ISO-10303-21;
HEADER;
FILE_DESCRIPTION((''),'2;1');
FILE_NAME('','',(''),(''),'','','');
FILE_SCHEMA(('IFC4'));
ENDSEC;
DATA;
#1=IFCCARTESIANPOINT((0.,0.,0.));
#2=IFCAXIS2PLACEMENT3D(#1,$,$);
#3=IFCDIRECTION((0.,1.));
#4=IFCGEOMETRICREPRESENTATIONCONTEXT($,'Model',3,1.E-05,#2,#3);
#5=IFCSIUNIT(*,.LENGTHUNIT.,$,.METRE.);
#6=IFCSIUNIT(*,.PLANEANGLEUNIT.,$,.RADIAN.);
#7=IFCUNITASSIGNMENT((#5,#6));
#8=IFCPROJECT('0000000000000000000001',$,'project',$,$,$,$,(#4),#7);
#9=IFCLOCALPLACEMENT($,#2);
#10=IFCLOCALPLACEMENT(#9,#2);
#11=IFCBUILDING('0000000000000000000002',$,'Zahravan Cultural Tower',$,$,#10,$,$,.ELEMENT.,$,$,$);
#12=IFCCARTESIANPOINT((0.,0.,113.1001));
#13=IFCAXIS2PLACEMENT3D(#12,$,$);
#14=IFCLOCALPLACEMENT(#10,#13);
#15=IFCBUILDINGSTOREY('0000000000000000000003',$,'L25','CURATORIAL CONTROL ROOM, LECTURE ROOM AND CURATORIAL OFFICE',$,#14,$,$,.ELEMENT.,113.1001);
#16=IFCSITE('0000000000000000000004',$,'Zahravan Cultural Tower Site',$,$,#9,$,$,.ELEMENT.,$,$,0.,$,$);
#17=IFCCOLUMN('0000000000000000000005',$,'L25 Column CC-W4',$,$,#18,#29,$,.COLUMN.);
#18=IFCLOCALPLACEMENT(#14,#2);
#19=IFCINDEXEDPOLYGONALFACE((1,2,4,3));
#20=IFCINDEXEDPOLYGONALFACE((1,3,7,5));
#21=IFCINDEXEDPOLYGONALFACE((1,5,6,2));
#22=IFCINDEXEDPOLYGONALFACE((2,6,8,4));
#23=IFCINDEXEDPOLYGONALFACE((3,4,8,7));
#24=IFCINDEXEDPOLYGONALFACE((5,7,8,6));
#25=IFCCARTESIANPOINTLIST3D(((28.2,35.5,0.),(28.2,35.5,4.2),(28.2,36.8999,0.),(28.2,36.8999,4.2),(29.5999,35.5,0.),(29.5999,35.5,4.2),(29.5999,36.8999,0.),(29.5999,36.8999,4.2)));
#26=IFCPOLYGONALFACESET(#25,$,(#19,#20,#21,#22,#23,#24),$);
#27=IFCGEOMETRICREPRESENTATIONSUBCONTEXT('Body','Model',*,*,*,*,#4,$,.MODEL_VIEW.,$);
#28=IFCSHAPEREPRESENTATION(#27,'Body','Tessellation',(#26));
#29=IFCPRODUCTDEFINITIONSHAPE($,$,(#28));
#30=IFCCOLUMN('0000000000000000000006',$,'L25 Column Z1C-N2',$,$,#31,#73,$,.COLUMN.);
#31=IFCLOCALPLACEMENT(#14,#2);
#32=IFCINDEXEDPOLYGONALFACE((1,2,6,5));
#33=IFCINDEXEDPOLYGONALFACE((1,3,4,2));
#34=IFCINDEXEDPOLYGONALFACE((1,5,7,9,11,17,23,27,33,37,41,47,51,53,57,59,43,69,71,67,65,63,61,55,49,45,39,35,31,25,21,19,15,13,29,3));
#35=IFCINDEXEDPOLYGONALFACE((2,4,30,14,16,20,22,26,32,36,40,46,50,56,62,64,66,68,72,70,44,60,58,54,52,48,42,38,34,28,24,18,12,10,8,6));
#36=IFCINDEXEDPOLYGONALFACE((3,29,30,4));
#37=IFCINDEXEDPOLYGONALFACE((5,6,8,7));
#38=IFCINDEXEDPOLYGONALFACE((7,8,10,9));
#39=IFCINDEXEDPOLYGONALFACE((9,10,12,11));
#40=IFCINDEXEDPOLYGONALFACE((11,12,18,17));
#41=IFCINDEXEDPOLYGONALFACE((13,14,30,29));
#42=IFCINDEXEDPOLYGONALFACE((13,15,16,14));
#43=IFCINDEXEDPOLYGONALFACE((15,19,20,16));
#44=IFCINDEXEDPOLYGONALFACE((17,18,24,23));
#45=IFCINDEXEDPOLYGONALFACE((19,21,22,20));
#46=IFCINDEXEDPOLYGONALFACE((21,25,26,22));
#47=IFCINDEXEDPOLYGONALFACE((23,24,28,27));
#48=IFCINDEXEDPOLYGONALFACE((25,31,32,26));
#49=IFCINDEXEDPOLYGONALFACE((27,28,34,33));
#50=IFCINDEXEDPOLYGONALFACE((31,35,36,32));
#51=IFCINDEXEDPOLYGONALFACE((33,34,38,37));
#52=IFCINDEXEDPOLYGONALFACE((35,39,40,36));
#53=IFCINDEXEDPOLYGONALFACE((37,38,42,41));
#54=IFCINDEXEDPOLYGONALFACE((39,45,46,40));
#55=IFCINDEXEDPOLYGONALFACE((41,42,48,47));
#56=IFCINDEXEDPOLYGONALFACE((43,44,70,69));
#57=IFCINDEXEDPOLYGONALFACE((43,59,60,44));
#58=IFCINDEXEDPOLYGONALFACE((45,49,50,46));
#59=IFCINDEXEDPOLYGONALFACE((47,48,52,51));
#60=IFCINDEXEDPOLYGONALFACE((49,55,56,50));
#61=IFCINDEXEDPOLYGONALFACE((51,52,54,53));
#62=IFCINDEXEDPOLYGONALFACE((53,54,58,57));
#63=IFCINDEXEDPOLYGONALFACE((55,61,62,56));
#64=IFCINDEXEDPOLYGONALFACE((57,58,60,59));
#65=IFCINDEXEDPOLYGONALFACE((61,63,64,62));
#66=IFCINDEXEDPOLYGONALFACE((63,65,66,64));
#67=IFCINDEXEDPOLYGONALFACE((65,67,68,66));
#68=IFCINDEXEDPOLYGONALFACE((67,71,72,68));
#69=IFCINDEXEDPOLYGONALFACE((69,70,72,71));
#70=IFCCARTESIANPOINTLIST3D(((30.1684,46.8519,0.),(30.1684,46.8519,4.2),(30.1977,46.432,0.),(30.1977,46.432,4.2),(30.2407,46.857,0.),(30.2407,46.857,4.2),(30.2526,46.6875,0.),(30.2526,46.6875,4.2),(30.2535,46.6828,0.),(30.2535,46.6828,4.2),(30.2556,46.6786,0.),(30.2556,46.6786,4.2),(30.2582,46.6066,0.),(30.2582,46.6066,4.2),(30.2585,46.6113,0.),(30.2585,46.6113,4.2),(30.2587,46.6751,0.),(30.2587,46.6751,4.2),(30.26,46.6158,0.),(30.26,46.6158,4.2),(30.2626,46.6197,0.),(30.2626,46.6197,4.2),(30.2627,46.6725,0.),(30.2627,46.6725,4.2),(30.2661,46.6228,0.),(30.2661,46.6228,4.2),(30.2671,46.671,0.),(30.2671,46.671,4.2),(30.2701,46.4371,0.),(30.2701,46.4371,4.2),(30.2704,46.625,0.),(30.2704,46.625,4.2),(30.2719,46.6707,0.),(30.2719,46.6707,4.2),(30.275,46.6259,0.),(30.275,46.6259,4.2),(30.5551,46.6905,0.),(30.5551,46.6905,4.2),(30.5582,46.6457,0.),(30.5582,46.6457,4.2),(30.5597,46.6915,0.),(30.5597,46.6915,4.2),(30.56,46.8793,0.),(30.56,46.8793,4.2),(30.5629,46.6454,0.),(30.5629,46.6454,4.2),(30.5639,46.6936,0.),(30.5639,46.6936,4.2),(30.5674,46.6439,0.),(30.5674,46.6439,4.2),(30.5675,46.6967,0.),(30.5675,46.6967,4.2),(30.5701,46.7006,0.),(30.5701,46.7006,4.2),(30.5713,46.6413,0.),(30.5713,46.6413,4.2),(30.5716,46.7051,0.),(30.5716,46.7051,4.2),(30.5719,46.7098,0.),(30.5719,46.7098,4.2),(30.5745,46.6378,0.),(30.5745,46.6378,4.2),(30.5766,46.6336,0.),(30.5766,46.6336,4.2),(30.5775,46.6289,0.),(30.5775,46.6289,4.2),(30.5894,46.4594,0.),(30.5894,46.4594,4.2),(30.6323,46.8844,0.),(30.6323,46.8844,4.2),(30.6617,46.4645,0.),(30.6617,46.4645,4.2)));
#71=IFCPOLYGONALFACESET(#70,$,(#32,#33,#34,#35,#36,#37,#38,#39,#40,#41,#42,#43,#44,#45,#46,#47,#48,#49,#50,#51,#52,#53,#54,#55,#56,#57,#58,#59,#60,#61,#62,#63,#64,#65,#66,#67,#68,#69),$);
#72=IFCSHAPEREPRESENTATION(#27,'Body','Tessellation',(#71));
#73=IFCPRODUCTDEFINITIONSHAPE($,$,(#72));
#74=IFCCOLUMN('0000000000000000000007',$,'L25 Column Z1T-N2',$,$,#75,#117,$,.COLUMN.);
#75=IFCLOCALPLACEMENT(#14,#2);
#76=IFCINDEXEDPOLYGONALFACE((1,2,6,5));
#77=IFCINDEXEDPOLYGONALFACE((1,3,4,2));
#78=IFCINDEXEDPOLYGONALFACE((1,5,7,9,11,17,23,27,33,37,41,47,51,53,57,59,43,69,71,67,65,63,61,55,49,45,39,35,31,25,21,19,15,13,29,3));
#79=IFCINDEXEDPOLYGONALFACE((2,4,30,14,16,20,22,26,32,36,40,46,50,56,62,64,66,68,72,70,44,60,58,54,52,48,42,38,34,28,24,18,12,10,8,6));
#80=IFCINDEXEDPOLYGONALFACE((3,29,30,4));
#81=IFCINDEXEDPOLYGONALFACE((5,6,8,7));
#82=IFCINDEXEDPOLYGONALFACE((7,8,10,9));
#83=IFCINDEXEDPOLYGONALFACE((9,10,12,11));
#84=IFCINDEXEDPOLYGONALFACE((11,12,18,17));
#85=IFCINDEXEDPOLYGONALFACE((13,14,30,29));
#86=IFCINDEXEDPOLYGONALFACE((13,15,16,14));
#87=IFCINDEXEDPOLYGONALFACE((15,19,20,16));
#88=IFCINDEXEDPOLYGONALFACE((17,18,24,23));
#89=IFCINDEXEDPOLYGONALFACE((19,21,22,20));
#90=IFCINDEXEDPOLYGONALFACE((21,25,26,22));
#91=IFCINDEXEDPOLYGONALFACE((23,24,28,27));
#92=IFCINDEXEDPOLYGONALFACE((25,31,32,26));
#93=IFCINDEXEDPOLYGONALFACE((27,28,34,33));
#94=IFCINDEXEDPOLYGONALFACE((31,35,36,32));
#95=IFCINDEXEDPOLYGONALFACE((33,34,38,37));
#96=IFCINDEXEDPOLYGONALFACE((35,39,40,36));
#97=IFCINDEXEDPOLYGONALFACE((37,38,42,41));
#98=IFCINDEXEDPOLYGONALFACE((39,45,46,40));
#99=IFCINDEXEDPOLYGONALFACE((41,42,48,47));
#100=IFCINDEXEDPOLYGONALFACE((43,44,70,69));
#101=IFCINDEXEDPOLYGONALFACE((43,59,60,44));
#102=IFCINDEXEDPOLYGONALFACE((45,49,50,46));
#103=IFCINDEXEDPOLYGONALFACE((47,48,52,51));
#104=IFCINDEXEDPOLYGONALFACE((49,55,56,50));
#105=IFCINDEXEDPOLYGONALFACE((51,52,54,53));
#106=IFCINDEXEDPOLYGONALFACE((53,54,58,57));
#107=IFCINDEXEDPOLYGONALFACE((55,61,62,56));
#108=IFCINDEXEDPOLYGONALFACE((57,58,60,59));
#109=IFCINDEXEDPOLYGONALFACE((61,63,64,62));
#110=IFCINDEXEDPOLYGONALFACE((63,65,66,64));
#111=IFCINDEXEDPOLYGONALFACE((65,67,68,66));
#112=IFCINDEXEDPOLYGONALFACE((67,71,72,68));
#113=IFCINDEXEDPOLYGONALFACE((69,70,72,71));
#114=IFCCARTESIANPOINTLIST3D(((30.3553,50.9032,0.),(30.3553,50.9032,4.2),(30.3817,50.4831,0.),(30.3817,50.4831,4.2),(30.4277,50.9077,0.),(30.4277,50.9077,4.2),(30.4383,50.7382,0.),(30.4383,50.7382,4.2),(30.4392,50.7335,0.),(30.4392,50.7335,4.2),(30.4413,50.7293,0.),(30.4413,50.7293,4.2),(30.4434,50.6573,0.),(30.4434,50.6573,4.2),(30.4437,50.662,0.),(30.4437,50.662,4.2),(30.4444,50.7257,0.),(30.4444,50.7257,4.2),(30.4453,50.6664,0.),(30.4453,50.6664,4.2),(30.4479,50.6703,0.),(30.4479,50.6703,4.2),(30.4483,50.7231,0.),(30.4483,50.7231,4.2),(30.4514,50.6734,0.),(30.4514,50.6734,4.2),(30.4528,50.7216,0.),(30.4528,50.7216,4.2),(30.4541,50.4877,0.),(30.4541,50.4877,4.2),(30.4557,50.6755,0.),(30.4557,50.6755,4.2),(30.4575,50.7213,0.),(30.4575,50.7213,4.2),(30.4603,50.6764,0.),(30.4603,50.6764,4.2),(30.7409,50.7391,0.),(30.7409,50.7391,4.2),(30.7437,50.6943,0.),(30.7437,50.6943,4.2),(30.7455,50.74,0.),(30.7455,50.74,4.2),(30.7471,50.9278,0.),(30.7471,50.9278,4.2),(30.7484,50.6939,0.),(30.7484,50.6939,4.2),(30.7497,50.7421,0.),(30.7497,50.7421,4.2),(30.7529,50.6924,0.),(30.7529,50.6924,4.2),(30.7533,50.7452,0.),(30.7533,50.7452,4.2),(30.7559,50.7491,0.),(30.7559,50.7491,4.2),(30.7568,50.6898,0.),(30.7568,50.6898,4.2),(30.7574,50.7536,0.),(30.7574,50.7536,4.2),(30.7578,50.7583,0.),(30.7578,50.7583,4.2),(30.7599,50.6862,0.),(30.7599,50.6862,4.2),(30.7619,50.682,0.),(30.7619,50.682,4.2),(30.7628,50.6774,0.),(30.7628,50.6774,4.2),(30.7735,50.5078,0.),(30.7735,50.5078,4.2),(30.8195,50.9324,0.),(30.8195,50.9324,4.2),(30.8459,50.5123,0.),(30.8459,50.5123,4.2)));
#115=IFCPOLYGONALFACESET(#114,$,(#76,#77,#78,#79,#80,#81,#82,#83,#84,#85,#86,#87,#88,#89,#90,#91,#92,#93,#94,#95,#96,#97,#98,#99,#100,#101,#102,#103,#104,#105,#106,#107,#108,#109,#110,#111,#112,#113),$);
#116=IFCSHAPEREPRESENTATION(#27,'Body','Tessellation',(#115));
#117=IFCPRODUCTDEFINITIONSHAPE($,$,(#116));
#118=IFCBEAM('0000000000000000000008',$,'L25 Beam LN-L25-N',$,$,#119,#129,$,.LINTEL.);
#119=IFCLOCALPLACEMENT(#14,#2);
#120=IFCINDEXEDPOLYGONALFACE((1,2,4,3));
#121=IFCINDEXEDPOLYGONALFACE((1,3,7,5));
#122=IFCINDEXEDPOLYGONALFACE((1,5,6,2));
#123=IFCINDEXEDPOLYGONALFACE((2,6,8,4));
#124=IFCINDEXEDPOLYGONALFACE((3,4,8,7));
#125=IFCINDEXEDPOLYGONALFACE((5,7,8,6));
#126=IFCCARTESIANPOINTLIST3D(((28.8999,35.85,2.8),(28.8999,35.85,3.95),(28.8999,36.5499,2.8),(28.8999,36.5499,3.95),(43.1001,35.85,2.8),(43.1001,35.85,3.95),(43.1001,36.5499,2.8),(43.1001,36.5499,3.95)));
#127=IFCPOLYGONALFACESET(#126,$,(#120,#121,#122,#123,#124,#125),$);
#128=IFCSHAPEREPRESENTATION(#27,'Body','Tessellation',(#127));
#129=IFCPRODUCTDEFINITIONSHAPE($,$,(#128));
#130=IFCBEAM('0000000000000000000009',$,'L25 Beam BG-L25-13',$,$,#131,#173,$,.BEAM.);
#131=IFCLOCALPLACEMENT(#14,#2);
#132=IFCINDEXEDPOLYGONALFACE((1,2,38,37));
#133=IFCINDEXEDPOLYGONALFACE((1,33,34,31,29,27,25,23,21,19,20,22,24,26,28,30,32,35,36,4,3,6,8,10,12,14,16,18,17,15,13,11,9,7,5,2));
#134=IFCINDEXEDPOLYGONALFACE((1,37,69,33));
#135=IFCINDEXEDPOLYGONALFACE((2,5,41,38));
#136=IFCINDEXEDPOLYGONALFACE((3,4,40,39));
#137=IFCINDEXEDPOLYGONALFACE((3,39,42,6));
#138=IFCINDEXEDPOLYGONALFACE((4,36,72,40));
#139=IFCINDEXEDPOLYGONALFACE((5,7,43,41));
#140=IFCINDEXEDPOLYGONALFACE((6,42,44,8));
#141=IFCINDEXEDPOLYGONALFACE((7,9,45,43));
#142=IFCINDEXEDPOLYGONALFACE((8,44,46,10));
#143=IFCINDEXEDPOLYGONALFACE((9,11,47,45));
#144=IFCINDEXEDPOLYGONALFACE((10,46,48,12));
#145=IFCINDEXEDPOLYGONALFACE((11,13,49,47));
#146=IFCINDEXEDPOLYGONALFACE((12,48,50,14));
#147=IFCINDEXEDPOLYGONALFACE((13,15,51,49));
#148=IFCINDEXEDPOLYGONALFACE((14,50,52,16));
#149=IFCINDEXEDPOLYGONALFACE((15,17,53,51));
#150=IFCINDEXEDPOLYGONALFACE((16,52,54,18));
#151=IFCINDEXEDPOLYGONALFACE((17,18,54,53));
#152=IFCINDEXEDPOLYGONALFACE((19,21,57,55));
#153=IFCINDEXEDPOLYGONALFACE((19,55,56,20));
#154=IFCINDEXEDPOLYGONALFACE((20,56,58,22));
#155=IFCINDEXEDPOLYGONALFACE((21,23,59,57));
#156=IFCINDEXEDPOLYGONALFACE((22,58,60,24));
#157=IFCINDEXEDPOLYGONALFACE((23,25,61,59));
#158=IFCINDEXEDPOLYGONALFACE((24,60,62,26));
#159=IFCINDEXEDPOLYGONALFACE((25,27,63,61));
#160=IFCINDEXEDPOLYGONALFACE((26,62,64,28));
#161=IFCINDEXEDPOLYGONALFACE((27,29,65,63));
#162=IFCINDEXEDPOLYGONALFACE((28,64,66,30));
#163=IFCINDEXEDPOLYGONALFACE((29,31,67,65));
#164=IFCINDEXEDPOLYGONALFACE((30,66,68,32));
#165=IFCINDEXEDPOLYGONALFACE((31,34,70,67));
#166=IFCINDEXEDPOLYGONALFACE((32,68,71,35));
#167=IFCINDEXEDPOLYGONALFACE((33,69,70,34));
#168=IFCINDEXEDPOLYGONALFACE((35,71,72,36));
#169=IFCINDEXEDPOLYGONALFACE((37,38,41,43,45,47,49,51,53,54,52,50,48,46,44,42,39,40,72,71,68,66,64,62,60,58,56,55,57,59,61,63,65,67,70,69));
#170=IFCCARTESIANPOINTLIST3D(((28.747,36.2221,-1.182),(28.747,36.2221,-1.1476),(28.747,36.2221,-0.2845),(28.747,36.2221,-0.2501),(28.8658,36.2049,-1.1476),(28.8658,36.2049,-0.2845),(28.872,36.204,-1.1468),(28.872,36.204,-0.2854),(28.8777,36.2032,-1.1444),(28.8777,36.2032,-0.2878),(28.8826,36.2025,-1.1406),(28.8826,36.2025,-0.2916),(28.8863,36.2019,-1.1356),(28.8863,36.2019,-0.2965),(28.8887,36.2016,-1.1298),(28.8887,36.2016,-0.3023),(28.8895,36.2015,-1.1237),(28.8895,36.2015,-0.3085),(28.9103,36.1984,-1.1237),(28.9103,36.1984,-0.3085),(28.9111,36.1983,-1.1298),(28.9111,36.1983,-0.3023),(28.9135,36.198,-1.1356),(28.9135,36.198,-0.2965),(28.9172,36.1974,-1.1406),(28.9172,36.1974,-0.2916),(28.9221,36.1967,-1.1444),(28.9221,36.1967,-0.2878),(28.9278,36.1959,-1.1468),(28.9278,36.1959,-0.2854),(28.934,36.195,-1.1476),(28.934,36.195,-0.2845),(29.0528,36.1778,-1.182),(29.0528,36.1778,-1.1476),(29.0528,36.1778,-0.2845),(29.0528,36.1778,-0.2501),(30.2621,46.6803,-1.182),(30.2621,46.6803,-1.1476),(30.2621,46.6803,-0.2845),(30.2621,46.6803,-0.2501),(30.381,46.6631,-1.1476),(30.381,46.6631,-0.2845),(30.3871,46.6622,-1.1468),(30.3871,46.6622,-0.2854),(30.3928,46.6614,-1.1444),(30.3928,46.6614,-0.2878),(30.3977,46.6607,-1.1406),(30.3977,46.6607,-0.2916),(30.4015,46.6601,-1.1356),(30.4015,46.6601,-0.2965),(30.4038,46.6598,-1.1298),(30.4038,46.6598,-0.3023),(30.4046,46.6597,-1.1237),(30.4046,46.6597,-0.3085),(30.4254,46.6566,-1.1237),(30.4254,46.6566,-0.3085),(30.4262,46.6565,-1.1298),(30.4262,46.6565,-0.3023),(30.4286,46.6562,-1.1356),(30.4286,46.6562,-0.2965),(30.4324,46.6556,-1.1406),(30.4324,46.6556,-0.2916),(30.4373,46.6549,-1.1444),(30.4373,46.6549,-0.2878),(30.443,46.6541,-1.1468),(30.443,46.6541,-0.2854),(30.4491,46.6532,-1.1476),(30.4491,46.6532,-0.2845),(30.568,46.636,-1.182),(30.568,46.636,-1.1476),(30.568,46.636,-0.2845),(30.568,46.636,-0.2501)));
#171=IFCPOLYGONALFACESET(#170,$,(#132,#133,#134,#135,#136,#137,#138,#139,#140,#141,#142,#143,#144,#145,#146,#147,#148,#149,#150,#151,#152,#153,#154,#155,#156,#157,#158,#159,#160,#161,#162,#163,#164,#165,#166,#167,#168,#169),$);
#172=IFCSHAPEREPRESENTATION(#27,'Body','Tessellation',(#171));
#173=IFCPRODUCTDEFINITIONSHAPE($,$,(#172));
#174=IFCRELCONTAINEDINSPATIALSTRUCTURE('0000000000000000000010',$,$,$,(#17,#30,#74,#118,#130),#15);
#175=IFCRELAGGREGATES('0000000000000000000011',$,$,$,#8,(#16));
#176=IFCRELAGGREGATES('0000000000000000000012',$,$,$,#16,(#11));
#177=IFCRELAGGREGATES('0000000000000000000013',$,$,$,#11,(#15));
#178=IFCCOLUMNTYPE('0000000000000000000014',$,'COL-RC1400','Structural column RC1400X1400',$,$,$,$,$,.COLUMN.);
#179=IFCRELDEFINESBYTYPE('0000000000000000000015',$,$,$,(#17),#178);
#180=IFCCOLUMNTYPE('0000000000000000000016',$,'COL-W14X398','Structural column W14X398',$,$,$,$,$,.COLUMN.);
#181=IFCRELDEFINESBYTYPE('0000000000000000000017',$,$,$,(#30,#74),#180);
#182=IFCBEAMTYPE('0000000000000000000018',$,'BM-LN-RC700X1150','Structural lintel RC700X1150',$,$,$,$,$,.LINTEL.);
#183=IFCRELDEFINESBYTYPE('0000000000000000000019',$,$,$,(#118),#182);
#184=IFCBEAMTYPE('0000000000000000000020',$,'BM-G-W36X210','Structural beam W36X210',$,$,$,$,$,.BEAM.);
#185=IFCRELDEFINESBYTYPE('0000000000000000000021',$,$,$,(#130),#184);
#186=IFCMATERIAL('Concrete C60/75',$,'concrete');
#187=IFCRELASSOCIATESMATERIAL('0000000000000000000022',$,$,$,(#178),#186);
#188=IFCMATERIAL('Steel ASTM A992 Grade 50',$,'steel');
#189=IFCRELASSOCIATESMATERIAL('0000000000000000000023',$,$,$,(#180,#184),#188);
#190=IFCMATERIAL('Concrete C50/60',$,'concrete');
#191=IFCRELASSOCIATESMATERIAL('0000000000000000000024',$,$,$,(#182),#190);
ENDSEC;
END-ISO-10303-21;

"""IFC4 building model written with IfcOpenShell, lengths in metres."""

from ifc_helpers import new_model, si_unit, direction, frame, origin, origin_2d, place, context, subcontext, project, spatial, rectangle, i_section, extrude, source, transform, mapped, material, material_profile, profile_set, type_object, element, save


model = new_model("IFC4")

# Units and contexts
model_context = context("Model", 3, precision=1e-05, world=origin(), true_north=direction((0.0, 1.0)))
body_context = subcontext(model_context, "Body", "Model", "MODEL_VIEW")
ifc_project = project(units=[si_unit("LENGTHUNIT", "METRE"), si_unit("PLANEANGLEUNIT", "RADIAN")], contexts=[model_context])

# Site, building, storey
site_placement = place(None, origin())
site = spatial("IfcSite", under=ifc_project, at=site_placement, Name="Zahravan Cultural Tower Site", CompositionType="ELEMENT", RefElevation=0.0)
building_placement = place(site_placement, origin())
building = spatial("IfcBuilding", under=site, at=building_placement, Name="Zahravan Cultural Tower", CompositionType="ELEMENT")
storey_placement = place(building_placement, frame((0.0, 0.0, 113.1001)))
storey = spatial("IfcBuildingStorey", under=building, at=storey_placement, Name="L25", Description="CURATORIAL CONTROL ROOM, LECTURE ROOM AND CURATORIAL OFFICE", CompositionType="ELEMENT", Elevation=113.1001)

# Columns
ifc_material_1 = material(Name="Concrete C60/75", Category="concrete")
ifc_material_profile_1 = material_profile(ifc_material_1, rectangle(XDim=1.3999, YDim=1.3999, at=origin_2d()), Name="RC1400X1400")
ifc_profile_set_1 = profile_set([ifc_material_profile_1], Name="Concrete C60/75")
column_type_1 = type_object("IfcColumnType", Name="COL-RC1400", Description="Structural column RC1400X1400", PredefinedType="COLUMN", material=ifc_profile_set_1)
shared_shape_1 = source(origin(), body_context, "Body", "SweptSolid", [
    extrude(rectangle(XDim=1.3999, YDim=1.3999, at=origin_2d()), origin(), (0.0, 0.0, 1.0), 4.2),
])
column_placement = place(storey_placement, frame((28.8999, 36.2, 0.0), z_axis=(0.0, 0.0, 1.0), x_axis=(1.0, 0.0, 0.0)))
element("IfcColumn", 1, at=column_placement, inside=storey, type_object=column_type_1, Name="L25 Column CC-W4", PredefinedType="COLUMN", context=body_context, shape_type="MappedRepresentation", body=[
    mapped(shared_shape_1, transform((0.0, 0.0, 0.0), x_axis=(1.0, 0.0, 0.0), y_axis=(0.0, 1.0, 0.0), z_axis=(0.0, 0.0, 1.0), scale=1.0)),
])
ifc_material_2 = material(Name="Steel ASTM A992 Grade 50", Category="steel")
ifc_material_profile_2 = material_profile(ifc_material_2, i_section(OverallWidth=0.4209, OverallDepth=0.4651, WebThickness=0.0449, FlangeThickness=0.0725, FilletRadius=0.0181, at=origin_2d()), Name="W14X398")
ifc_profile_set_2 = profile_set([ifc_material_profile_2], Name="Steel ASTM A992 Grade 50")
column_type_2 = type_object("IfcColumnType", Name="COL-W14X398", Description="Structural column W14X398", PredefinedType="COLUMN", material=ifc_profile_set_2)
shared_shape_2 = source(origin(), body_context, "Body", "SweptSolid", [
    extrude(i_section(OverallWidth=0.4209, OverallDepth=0.4651, WebThickness=0.0449, FlangeThickness=0.0725, FilletRadius=0.0181, at=origin_2d()), origin(), (0.0, 0.0, 1.0), 4.2),
])
for number, where, z_axis, x_axis, name in (
    (2, (30.415, 46.6582, 0.0), (0.0, 0.0, 1.0), (-0.069756, 0.997564, 0.0), "L25 Column Z1C-N2"),
    (3, (30.6006, 50.7078, 0.0), (0.0, 0.0, 1.0), (-0.062791, 0.998027, 0.0), "L25 Column Z1T-N2"),
):
    element("IfcColumn", number, at=place(storey_placement, frame(where, z_axis=z_axis, x_axis=x_axis)), inside=storey, type_object=column_type_2, Name=name, PredefinedType="COLUMN", context=body_context, shape_type="MappedRepresentation", body=[
        mapped(shared_shape_2, transform((0.0, 0.0, 0.0), x_axis=(1.0, 0.0, 0.0), y_axis=(0.0, 1.0, 0.0), z_axis=(0.0, 0.0, 1.0), scale=1.0)),
    ])

# Beams
ifc_material_3 = material(Name="Concrete C50/60", Category="concrete")
ifc_material_profile_3 = material_profile(ifc_material_3, rectangle(XDim=0.7, YDim=1.1499, at=origin_2d()), Name="RC700X1150")
ifc_profile_set_3 = profile_set([ifc_material_profile_3], Name="Concrete C50/60")
beam_type_1 = type_object("IfcBeamType", Name="BM-LN-RC700X1150", Description="Structural lintel RC700X1150", PredefinedType="LINTEL", material=ifc_profile_set_3)
shared_shape_3 = source(origin(), body_context, "Body", "SweptSolid", [
    extrude(rectangle(XDim=0.7, YDim=1.1499, at=origin_2d()), origin(), (0.0, 0.0, 1.0), 14.2002),
])
beam_1_placement = place(storey_placement, frame((28.8999, 36.2, 3.375), z_axis=(1.0, 0.0, 0.0), x_axis=(0.0, 1.0, 0.0)))
element("IfcBeam", 4, at=beam_1_placement, inside=storey, type_object=beam_type_1, Name="L25 Beam LN-L25-N", PredefinedType="LINTEL", context=body_context, shape_type="MappedRepresentation", body=[
    mapped(shared_shape_3, transform((0.0, 0.0, 0.0), x_axis=(1.0, 0.0, 0.0), y_axis=(0.0, 1.0, 0.0), z_axis=(0.0, 0.0, 1.0), scale=1.0)),
])
ifc_material_profile_4 = material_profile(ifc_material_2, i_section(OverallWidth=0.3091, OverallDepth=0.9319, WebThickness=0.021, FlangeThickness=0.0344, FilletRadius=0.0239, at=origin_2d()), Name="W36X210")
ifc_profile_set_4 = profile_set([ifc_material_profile_4], Name="Steel ASTM A992 Grade 50")
beam_type_2 = type_object("IfcBeamType", Name="BM-G-W36X210", Description="Structural beam W36X210", PredefinedType="BEAM", material=ifc_profile_set_4)
shared_shape_4 = source(origin(), body_context, "Body", "SweptSolid", [
    extrude(i_section(OverallWidth=0.3091, OverallDepth=0.9319, WebThickness=0.021, FlangeThickness=0.0344, FilletRadius=0.0239, at=origin_2d()), origin(), (0.0, 0.0, 1.0), 10.5674),
])
beam_2_placement = place(storey_placement, frame((28.8999, 36.2, -0.7161), z_axis=(0.143378, 0.989668, 0.0), x_axis=(-0.989668, 0.143378, 0.0)))
element("IfcBeam", 5, at=beam_2_placement, inside=storey, type_object=beam_type_2, Name="L25 Beam BG-L25-13", PredefinedType="BEAM", context=body_context, shape_type="MappedRepresentation", body=[
    mapped(shared_shape_4, transform((0.0, 0.0, 0.0), x_axis=(1.0, 0.0, 0.0), y_axis=(0.0, 1.0, 0.0), z_axis=(0.0, 0.0, 1.0), scale=1.0)),
])

save(model, "model.ifc")
